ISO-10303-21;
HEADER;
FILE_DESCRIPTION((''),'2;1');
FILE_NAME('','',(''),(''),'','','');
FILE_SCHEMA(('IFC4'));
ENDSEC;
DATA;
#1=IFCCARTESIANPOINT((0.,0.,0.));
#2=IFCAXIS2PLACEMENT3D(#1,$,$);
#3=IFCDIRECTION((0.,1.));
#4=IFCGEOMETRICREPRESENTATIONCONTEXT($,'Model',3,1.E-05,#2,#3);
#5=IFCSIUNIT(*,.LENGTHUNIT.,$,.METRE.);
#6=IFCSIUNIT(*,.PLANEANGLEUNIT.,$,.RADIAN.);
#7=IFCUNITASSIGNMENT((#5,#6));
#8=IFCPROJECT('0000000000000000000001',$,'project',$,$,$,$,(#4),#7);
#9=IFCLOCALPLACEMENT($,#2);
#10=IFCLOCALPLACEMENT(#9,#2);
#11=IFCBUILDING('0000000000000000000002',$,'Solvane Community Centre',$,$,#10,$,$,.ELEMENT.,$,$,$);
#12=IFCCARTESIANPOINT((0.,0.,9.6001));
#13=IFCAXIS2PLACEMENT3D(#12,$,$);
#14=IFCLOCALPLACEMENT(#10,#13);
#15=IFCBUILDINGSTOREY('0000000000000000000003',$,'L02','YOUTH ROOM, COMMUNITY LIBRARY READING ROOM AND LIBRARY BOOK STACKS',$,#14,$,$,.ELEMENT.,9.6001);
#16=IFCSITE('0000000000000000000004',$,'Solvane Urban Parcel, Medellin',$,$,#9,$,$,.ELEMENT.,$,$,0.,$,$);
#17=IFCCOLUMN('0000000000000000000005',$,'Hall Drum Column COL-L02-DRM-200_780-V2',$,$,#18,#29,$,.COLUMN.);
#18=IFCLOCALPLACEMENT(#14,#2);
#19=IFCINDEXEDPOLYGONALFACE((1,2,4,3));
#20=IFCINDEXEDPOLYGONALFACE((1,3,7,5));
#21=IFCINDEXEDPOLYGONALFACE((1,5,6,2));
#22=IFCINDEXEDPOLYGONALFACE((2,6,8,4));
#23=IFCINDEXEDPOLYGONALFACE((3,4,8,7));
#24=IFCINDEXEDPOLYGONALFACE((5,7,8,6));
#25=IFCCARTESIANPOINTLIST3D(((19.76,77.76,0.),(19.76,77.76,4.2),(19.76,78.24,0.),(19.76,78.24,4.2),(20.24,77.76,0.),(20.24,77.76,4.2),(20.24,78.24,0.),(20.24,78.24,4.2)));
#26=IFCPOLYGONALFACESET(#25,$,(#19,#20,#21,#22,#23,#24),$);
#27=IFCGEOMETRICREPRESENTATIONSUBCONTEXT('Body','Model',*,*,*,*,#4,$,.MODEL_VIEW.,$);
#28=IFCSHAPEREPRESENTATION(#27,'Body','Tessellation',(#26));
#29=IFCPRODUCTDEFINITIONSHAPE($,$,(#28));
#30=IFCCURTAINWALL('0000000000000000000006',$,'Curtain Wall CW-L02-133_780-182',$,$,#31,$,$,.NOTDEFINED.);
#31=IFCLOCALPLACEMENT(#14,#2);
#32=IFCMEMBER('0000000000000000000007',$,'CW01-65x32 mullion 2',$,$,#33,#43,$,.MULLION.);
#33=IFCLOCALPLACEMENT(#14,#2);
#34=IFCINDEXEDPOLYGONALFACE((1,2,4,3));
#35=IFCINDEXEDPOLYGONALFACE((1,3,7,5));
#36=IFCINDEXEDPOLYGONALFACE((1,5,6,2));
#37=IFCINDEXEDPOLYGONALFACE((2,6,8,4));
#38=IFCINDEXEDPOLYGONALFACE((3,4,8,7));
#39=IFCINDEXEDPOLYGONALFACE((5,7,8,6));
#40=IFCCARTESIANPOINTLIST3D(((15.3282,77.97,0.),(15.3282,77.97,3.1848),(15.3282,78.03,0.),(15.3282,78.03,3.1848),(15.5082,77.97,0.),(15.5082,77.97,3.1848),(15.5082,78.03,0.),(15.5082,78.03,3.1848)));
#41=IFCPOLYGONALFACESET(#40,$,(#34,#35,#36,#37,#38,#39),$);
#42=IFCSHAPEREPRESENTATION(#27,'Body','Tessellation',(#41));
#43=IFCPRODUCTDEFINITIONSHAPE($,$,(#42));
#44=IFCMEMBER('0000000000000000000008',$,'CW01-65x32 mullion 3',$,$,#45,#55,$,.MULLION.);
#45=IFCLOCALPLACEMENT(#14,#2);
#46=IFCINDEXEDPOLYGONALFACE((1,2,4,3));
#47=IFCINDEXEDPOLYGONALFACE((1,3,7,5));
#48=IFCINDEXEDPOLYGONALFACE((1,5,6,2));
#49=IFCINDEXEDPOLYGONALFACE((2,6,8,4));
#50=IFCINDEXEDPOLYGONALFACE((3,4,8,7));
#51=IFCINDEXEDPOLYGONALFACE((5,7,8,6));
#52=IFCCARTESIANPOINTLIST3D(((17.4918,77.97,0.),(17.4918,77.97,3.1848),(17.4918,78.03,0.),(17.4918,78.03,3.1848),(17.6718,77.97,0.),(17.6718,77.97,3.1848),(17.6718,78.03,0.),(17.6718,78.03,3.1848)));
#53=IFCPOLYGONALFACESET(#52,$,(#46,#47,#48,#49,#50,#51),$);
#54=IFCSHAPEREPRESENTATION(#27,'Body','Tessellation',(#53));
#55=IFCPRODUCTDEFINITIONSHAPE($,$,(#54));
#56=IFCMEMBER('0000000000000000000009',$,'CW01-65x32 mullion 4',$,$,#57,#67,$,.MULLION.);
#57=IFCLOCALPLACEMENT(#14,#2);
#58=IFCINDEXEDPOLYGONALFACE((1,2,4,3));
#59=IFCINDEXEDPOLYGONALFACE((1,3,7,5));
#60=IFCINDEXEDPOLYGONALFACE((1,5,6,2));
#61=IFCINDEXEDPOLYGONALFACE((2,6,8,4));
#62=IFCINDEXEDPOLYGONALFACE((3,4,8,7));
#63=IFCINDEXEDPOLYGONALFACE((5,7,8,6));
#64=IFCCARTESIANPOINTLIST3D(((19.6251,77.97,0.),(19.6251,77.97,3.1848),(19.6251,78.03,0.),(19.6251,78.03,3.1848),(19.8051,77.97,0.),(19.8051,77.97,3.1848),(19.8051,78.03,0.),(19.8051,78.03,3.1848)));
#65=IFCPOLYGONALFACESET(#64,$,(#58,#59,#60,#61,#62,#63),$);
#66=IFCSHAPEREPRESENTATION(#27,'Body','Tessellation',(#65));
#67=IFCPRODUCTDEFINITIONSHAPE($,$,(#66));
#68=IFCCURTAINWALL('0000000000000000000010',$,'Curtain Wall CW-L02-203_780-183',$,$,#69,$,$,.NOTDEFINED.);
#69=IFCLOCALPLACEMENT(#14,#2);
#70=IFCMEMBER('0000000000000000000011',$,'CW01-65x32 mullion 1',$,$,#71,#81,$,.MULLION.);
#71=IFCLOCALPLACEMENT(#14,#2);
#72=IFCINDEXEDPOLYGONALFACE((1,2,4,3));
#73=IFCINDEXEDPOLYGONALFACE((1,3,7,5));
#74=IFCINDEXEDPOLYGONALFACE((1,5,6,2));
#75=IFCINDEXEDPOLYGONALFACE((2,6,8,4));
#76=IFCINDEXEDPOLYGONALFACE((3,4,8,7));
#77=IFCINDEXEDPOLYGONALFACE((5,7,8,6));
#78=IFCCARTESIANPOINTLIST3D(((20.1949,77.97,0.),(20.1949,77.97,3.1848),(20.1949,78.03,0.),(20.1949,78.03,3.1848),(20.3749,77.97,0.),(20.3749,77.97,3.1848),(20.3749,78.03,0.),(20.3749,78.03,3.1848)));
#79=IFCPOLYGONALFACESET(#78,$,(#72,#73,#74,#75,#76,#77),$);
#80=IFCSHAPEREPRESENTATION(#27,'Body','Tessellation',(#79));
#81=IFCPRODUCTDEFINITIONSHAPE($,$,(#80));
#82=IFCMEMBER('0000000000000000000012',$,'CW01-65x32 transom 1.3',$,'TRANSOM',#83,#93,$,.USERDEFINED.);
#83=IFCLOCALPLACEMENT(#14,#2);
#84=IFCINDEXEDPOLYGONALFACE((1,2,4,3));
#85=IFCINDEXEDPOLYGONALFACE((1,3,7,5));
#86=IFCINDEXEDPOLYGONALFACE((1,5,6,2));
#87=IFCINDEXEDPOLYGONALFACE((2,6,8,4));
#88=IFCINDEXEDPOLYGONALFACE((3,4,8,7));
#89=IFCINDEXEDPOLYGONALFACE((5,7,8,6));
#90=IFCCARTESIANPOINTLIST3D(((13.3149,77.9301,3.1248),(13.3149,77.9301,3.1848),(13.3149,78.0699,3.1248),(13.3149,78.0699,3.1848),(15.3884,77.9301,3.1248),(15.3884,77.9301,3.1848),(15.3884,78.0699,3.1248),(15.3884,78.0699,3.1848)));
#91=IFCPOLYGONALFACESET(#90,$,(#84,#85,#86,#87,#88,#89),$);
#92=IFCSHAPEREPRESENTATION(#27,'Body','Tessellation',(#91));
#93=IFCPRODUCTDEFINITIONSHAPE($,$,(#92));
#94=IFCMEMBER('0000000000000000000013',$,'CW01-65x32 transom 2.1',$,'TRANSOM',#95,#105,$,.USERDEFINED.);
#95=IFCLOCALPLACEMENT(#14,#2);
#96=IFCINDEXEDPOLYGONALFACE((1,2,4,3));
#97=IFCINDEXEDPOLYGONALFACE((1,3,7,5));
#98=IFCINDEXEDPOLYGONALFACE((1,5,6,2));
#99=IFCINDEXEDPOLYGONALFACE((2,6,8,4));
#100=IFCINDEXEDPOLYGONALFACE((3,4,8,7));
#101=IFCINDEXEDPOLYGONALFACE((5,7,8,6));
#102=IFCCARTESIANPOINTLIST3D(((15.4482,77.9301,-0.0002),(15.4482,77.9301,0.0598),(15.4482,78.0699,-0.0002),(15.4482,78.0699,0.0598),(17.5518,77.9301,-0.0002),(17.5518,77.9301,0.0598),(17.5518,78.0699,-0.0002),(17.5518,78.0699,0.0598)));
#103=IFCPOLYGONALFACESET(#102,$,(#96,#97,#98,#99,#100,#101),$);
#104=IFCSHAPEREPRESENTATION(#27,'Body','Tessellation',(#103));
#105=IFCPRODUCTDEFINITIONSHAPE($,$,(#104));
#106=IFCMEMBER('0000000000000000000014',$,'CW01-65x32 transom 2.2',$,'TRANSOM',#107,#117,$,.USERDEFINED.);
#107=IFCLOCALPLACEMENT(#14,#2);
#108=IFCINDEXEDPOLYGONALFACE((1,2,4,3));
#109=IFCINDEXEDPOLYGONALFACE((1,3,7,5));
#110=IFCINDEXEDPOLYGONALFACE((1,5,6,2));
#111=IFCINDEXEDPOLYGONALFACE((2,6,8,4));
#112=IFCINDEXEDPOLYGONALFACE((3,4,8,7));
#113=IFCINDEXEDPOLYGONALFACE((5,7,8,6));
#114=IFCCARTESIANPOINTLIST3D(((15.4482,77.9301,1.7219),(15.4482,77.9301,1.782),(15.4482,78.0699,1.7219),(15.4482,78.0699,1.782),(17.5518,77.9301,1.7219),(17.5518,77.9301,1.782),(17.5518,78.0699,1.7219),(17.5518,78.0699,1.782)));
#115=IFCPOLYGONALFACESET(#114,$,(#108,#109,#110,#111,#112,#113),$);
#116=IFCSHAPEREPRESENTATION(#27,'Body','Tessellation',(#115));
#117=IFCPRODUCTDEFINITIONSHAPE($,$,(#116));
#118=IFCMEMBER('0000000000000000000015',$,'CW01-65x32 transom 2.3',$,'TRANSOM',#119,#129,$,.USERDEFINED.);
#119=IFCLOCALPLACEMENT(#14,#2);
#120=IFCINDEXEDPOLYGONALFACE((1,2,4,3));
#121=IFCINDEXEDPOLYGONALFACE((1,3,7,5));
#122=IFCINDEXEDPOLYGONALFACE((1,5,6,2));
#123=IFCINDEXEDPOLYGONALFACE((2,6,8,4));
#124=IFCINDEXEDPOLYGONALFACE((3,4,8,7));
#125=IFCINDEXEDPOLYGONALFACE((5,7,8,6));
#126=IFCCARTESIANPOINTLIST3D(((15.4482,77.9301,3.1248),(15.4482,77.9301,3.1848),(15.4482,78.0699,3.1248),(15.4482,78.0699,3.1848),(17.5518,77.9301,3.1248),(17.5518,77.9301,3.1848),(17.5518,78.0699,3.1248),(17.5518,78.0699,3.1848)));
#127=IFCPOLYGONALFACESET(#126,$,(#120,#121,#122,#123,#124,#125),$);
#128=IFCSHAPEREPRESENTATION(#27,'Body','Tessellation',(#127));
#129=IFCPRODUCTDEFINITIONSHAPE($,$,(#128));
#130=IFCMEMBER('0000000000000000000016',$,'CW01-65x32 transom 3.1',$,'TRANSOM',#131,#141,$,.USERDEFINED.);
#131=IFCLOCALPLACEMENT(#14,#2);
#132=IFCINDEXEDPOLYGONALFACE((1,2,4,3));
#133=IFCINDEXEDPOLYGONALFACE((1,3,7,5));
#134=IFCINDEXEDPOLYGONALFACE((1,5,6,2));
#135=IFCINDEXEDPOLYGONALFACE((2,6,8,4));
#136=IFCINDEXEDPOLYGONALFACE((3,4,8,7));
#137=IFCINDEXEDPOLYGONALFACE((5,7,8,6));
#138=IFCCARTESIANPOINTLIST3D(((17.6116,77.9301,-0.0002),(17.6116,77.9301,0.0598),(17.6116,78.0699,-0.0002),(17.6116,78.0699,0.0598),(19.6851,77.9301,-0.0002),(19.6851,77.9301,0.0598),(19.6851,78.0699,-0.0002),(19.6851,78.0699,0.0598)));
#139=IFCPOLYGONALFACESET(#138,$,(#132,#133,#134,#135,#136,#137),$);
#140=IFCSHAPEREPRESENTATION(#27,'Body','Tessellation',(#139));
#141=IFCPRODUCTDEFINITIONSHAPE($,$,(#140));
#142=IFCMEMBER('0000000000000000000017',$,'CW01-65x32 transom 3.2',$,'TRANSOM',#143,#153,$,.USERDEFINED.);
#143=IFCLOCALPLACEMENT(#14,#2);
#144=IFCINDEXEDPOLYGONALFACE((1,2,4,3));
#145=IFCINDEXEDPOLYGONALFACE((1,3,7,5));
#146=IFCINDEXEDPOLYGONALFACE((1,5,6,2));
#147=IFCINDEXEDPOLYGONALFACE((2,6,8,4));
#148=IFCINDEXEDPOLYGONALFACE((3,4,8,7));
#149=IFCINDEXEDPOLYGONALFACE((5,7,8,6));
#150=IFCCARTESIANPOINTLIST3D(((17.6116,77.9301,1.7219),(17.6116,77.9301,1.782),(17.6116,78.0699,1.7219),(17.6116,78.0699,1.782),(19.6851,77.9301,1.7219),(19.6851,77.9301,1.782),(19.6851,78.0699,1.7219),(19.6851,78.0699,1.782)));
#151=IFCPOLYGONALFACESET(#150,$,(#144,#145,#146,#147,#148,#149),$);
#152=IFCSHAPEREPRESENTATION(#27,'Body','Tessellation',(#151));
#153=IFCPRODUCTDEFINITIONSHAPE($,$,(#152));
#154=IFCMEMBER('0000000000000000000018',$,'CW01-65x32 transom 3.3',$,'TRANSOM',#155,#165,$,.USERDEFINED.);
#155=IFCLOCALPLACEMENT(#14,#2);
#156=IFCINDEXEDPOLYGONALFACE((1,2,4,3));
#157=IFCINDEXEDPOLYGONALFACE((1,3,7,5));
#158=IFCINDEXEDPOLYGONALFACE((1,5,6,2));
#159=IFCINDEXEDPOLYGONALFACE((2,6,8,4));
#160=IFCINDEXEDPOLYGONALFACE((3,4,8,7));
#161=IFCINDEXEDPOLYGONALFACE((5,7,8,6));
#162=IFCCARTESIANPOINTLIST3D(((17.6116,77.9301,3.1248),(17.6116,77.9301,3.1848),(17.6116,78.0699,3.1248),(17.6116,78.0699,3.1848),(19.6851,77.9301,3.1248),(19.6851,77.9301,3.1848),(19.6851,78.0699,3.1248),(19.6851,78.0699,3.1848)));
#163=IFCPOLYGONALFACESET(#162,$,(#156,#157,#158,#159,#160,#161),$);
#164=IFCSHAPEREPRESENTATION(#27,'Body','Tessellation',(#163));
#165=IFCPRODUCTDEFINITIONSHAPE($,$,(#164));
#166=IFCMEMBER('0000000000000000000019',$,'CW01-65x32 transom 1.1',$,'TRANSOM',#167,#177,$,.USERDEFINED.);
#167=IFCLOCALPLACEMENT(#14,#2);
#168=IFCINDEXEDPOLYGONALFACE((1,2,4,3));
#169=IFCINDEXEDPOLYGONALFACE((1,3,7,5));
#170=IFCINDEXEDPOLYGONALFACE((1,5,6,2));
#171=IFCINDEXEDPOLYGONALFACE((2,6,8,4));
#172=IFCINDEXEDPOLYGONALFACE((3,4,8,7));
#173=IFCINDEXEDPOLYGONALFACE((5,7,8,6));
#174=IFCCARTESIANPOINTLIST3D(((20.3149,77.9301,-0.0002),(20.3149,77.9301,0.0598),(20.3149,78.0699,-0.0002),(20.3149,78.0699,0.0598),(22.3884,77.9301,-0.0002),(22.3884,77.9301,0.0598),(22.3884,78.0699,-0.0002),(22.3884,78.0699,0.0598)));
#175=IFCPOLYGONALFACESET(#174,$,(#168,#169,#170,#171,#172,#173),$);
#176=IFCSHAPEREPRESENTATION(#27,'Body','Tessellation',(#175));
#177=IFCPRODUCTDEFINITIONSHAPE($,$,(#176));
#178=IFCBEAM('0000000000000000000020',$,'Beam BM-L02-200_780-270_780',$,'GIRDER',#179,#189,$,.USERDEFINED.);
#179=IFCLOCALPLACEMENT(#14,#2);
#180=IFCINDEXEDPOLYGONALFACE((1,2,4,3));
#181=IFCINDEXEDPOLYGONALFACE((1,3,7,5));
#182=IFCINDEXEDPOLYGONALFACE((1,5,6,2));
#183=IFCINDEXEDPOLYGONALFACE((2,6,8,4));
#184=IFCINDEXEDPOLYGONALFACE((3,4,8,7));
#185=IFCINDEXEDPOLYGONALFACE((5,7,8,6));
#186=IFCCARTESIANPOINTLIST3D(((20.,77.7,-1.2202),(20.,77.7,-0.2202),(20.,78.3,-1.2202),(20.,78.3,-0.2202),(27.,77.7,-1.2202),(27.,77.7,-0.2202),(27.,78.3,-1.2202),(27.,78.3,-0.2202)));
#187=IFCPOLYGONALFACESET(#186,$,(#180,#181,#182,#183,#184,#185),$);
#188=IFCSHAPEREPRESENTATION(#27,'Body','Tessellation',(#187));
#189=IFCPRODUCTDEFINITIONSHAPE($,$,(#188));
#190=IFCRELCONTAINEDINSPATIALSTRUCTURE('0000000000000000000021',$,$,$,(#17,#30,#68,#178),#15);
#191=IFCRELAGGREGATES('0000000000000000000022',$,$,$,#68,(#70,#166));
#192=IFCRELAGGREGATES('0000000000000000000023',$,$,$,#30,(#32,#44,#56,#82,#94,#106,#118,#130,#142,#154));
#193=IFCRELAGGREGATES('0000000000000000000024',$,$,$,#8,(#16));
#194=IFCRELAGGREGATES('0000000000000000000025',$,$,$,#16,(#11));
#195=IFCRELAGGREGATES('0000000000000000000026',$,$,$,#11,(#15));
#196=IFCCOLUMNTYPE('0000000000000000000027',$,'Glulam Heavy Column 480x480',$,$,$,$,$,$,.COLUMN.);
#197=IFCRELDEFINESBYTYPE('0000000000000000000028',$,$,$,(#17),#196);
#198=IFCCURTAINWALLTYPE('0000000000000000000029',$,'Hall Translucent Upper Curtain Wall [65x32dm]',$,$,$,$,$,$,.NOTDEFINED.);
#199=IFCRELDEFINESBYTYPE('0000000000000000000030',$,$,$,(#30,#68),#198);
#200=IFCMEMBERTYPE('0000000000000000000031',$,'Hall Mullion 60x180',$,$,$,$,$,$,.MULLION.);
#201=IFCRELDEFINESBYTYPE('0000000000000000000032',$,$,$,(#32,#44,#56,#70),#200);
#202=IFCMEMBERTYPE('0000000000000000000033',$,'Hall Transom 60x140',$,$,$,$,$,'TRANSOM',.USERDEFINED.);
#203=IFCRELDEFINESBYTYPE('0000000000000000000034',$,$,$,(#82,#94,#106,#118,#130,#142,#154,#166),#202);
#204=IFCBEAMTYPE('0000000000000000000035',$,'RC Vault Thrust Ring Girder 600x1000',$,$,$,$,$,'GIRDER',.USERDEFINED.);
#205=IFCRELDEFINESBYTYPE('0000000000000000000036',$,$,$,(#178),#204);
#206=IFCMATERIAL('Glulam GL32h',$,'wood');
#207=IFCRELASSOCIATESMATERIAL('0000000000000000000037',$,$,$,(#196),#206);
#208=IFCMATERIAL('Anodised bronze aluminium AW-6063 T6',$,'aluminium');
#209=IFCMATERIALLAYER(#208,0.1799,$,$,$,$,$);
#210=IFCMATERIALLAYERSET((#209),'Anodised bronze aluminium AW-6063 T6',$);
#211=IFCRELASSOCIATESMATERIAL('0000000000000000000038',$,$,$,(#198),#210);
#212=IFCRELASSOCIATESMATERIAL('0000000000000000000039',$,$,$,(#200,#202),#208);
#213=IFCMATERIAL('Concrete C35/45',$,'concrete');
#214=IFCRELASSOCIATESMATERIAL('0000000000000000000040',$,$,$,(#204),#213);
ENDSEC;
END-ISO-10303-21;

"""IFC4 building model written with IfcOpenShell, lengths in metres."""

from ifc_helpers import new_model, si_unit, direction, frame, origin, origin_2d, place, context, subcontext, project, spatial, rectangle, extrude, material, layer, layer_set, material_profile, profile_set, type_object, element, aggregate, save


model = new_model("IFC4")

# Units and contexts
model_context = context("Model", 3, precision=1e-05, world=origin(), true_north=direction((0.0, 1.0)))
body_context = subcontext(model_context, "Body", "Model", "MODEL_VIEW")
ifc_project = project(units=[si_unit("LENGTHUNIT", "METRE"), si_unit("PLANEANGLEUNIT", "RADIAN")], contexts=[model_context])

# Site, building, storey
site_placement = place(None, origin())
site = spatial("IfcSite", under=ifc_project, at=site_placement, Name="Solvane Urban Parcel, Medellin", CompositionType="ELEMENT", RefElevation=0.0)
building_placement = place(site_placement, origin())
building = spatial("IfcBuilding", under=site, at=building_placement, Name="Solvane Community Centre", CompositionType="ELEMENT")
storey_placement = place(building_placement, frame((0.0, 0.0, 9.6001)))
storey = spatial("IfcBuildingStorey", under=building, at=storey_placement, Name="L02", Description="YOUTH ROOM, COMMUNITY LIBRARY READING ROOM AND LIBRARY BOOK STACKS", CompositionType="ELEMENT", Elevation=9.6001)

# Column
ifc_material_1 = material(Name="Glulam GL32h", Category="wood")
ifc_material_profile_1 = material_profile(ifc_material_1, rectangle(XDim=0.48, YDim=0.48, at=origin_2d()), Name="GL32h 480x480")
ifc_profile_set_1 = profile_set([ifc_material_profile_1], Name="Glulam GL32h")
column_type = type_object("IfcColumnType", Name="Glulam Heavy Column 480x480", PredefinedType="COLUMN", material=ifc_profile_set_1)
column_placement = place(storey_placement, frame((20.0, 78.0, 0.0), z_axis=(0.0, 0.0, 1.0), x_axis=(1.0, 0.0, 0.0)))
element("IfcColumn", 1, at=column_placement, inside=storey, type_object=column_type, Name="Hall Drum Column COL-L02-DRM-200_780-V2", PredefinedType="COLUMN", context=body_context, shape_type="SweptSolid", body=[
    extrude(rectangle(XDim=0.48, YDim=0.48, at=origin_2d()), origin(), (0.0, 0.0, 1.0), 4.2),
])

# Curtain wall, members
ifc_material_2 = material(Name="Anodised bronze aluminium AW-6063 T6", Category="aluminium")
ifc_layer_1 = layer(ifc_material_2, 0.1799)
ifc_layer_set_1 = layer_set([ifc_layer_1], Name="Anodised bronze aluminium AW-6063 T6")
curtain_wall_type = type_object("IfcCurtainWallType", Name="Hall Translucent Upper Curtain Wall [65x32dm]", PredefinedType="NOTDEFINED", material=ifc_layer_set_1)
curtain_wall_1_placement = place(storey_placement, origin())
curtain_wall_1 = element("IfcCurtainWall", 2, at=curtain_wall_1_placement, inside=storey, type_object=curtain_wall_type, Name="Curtain Wall CW-L02-133_780-182", PredefinedType="NOTDEFINED")
ifc_material_profile_2 = material_profile(ifc_material_2, rectangle(XDim=0.0601, YDim=0.1799, at=origin_2d()), Name="CW-M 60x180")
ifc_profile_set_2 = profile_set([ifc_material_profile_2], Name="Anodised bronze aluminium AW-6063 T6")
member_type_1 = type_object("IfcMemberType", Name="Hall Mullion 60x180", PredefinedType="MULLION", material=ifc_profile_set_2)
member_1_placement = place(storey_placement, frame((15.4182, 78.0, 0.0), z_axis=(0.0, 0.0, 1.0), x_axis=(0.0, 1.0, 0.0)))
member_1 = element("IfcMember", 3, at=member_1_placement, type_object=member_type_1, Name="CW01-65x32 mullion 2", PredefinedType="MULLION", context=body_context, shape_type="SweptSolid", body=[
    extrude(rectangle(XDim=0.0601, YDim=0.1799, at=origin_2d()), origin(), (0.0, 0.0, 1.0), 3.1848),
])
member_2_placement = place(storey_placement, frame((17.5818, 78.0, 0.0), z_axis=(0.0, 0.0, 1.0), x_axis=(0.0, 1.0, 0.0)))
member_2 = element("IfcMember", 4, at=member_2_placement, type_object=member_type_1, Name="CW01-65x32 mullion 3", PredefinedType="MULLION", context=body_context, shape_type="SweptSolid", body=[
    extrude(rectangle(XDim=0.0601, YDim=0.1799, at=origin_2d()), origin(), (0.0, 0.0, 1.0), 3.1848),
])
member_3_placement = place(storey_placement, frame((19.7151, 78.0, 0.0), z_axis=(0.0, 0.0, 1.0), x_axis=(0.0, 1.0, 0.0)))
member_3 = element("IfcMember", 5, at=member_3_placement, type_object=member_type_1, Name="CW01-65x32 mullion 4", PredefinedType="MULLION", context=body_context, shape_type="SweptSolid", body=[
    extrude(rectangle(XDim=0.0601, YDim=0.1799, at=origin_2d()), origin(), (0.0, 0.0, 1.0), 3.1848),
])

# Curtain wall, member
curtain_wall_2_placement = place(storey_placement, origin())
curtain_wall_2 = element("IfcCurtainWall", 6, at=curtain_wall_2_placement, inside=storey, type_object=curtain_wall_type, Name="Curtain Wall CW-L02-203_780-183", PredefinedType="NOTDEFINED")
member_4_placement = place(storey_placement, frame((20.2849, 78.0, 0.0), z_axis=(0.0, 0.0, 1.0), x_axis=(0.0, 1.0, 0.0)))
member_4 = element("IfcMember", 7, at=member_4_placement, type_object=member_type_1, Name="CW01-65x32 mullion 1", PredefinedType="MULLION", context=body_context, shape_type="SweptSolid", body=[
    extrude(rectangle(XDim=0.0601, YDim=0.1799, at=origin_2d()), origin(), (0.0, 0.0, 1.0), 3.1848),
])

# Members
ifc_material_profile_3 = material_profile(ifc_material_2, rectangle(XDim=0.1399, YDim=0.0601, at=origin_2d()), Name="CW-T 60x140")
ifc_profile_set_3 = profile_set([ifc_material_profile_3], Name="Anodised bronze aluminium AW-6063 T6")
member_type_2 = type_object("IfcMemberType", Name="Hall Transom 60x140", ElementType="TRANSOM", PredefinedType="USERDEFINED", material=ifc_profile_set_3)
member_5_placement = place(storey_placement, frame((13.3149, 78.0, 3.1548), z_axis=(1.0, 0.0, 0.0), x_axis=(0.0, 1.0, 0.0)))
member_5 = element("IfcMember", 8, at=member_5_placement, type_object=member_type_2, Name="CW01-65x32 transom 1.3", ObjectType="TRANSOM", PredefinedType="USERDEFINED", context=body_context, shape_type="SweptSolid", body=[
    extrude(rectangle(XDim=0.1399, YDim=0.0601, at=origin_2d()), origin(), (0.0, 0.0, 1.0), 2.0735),
])
member_6_placement = place(storey_placement, frame((15.4482, 78.0, 0.0298), z_axis=(1.0, 0.0, 0.0), x_axis=(0.0, 1.0, 0.0)))
member_6 = element("IfcMember", 9, at=member_6_placement, type_object=member_type_2, Name="CW01-65x32 transom 2.1", ObjectType="TRANSOM", PredefinedType="USERDEFINED", context=body_context, shape_type="SweptSolid", body=[
    extrude(rectangle(XDim=0.1399, YDim=0.0601, at=origin_2d()), origin(), (0.0, 0.0, 1.0), 2.1035),
])
member_7_placement = place(storey_placement, frame((15.4482, 78.0, 1.752), z_axis=(1.0, 0.0, 0.0), x_axis=(0.0, 1.0, 0.0)))
member_7 = element("IfcMember", 10, at=member_7_placement, type_object=member_type_2, Name="CW01-65x32 transom 2.2", ObjectType="TRANSOM", PredefinedType="USERDEFINED", context=body_context, shape_type="SweptSolid", body=[
    extrude(rectangle(XDim=0.1399, YDim=0.0601, at=origin_2d()), origin(), (0.0, 0.0, 1.0), 2.1035),
])
member_8_placement = place(storey_placement, frame((15.4482, 78.0, 3.1548), z_axis=(1.0, 0.0, 0.0), x_axis=(0.0, 1.0, 0.0)))
member_8 = element("IfcMember", 11, at=member_8_placement, type_object=member_type_2, Name="CW01-65x32 transom 2.3", ObjectType="TRANSOM", PredefinedType="USERDEFINED", context=body_context, shape_type="SweptSolid", body=[
    extrude(rectangle(XDim=0.1399, YDim=0.0601, at=origin_2d()), origin(), (0.0, 0.0, 1.0), 2.1035),
])
member_9_placement = place(storey_placement, frame((17.6116, 78.0, 0.0298), z_axis=(1.0, 0.0, 0.0), x_axis=(0.0, 1.0, 0.0)))
member_9 = element("IfcMember", 12, at=member_9_placement, type_object=member_type_2, Name="CW01-65x32 transom 3.1", ObjectType="TRANSOM", PredefinedType="USERDEFINED", context=body_context, shape_type="SweptSolid", body=[
    extrude(rectangle(XDim=0.1399, YDim=0.0601, at=origin_2d()), origin(), (0.0, 0.0, 1.0), 2.0735),
])
member_10_placement = place(storey_placement, frame((17.6116, 78.0, 1.752), z_axis=(1.0, 0.0, 0.0), x_axis=(0.0, 1.0, 0.0)))
member_10 = element("IfcMember", 13, at=member_10_placement, type_object=member_type_2, Name="CW01-65x32 transom 3.2", ObjectType="TRANSOM", PredefinedType="USERDEFINED", context=body_context, shape_type="SweptSolid", body=[
    extrude(rectangle(XDim=0.1399, YDim=0.0601, at=origin_2d()), origin(), (0.0, 0.0, 1.0), 2.0735),
])
member_11_placement = place(storey_placement, frame((17.6116, 78.0, 3.1548), z_axis=(1.0, 0.0, 0.0), x_axis=(0.0, 1.0, 0.0)))
member_11 = element("IfcMember", 14, at=member_11_placement, type_object=member_type_2, Name="CW01-65x32 transom 3.3", ObjectType="TRANSOM", PredefinedType="USERDEFINED", context=body_context, shape_type="SweptSolid", body=[
    extrude(rectangle(XDim=0.1399, YDim=0.0601, at=origin_2d()), origin(), (0.0, 0.0, 1.0), 2.0735),
])
member_12_placement = place(storey_placement, frame((20.3149, 78.0, 0.0298), z_axis=(1.0, 0.0, 0.0), x_axis=(0.0, 1.0, 0.0)))
member_12 = element("IfcMember", 15, at=member_12_placement, type_object=member_type_2, Name="CW01-65x32 transom 1.1", ObjectType="TRANSOM", PredefinedType="USERDEFINED", context=body_context, shape_type="SweptSolid", body=[
    extrude(rectangle(XDim=0.1399, YDim=0.0601, at=origin_2d()), origin(), (0.0, 0.0, 1.0), 2.0735),
])
aggregate(curtain_wall_2, [member_4, member_12])

# Beam
ifc_material_3 = material(Name="Concrete C35/45", Category="concrete")
ifc_material_profile_4 = material_profile(ifc_material_3, rectangle(XDim=0.6001, YDim=1.0, at=origin_2d()), Name="RC 600x1000")
ifc_profile_set_4 = profile_set([ifc_material_profile_4], Name="Concrete C35/45")
beam_type = type_object("IfcBeamType", Name="RC Vault Thrust Ring Girder 600x1000", ElementType="GIRDER", PredefinedType="USERDEFINED", material=ifc_profile_set_4)
for number, where, z_axis, x_axis, name in (
    (16, (20.0, 78.0, -0.7202), (1.0, 0.0, 0.0), (0.0, 1.0, 0.0), "Beam BM-L02-200_780-270_780"),
):
    element("IfcBeam", number, at=place(storey_placement, frame(where, z_axis=z_axis, x_axis=x_axis)), inside=storey, type_object=beam_type, Name=name, ObjectType="GIRDER", PredefinedType="USERDEFINED", context=body_context, shape_type="SweptSolid", body=[
        extrude(rectangle(XDim=0.6001, YDim=1.0, at=origin_2d()), origin(), (0.0, 0.0, 1.0), 7.0),
    ])

aggregate(curtain_wall_1, [member_1, member_2, member_3, member_5, member_6, member_7, member_8, member_9, member_10, member_11])

save(model, "model.ifc")
